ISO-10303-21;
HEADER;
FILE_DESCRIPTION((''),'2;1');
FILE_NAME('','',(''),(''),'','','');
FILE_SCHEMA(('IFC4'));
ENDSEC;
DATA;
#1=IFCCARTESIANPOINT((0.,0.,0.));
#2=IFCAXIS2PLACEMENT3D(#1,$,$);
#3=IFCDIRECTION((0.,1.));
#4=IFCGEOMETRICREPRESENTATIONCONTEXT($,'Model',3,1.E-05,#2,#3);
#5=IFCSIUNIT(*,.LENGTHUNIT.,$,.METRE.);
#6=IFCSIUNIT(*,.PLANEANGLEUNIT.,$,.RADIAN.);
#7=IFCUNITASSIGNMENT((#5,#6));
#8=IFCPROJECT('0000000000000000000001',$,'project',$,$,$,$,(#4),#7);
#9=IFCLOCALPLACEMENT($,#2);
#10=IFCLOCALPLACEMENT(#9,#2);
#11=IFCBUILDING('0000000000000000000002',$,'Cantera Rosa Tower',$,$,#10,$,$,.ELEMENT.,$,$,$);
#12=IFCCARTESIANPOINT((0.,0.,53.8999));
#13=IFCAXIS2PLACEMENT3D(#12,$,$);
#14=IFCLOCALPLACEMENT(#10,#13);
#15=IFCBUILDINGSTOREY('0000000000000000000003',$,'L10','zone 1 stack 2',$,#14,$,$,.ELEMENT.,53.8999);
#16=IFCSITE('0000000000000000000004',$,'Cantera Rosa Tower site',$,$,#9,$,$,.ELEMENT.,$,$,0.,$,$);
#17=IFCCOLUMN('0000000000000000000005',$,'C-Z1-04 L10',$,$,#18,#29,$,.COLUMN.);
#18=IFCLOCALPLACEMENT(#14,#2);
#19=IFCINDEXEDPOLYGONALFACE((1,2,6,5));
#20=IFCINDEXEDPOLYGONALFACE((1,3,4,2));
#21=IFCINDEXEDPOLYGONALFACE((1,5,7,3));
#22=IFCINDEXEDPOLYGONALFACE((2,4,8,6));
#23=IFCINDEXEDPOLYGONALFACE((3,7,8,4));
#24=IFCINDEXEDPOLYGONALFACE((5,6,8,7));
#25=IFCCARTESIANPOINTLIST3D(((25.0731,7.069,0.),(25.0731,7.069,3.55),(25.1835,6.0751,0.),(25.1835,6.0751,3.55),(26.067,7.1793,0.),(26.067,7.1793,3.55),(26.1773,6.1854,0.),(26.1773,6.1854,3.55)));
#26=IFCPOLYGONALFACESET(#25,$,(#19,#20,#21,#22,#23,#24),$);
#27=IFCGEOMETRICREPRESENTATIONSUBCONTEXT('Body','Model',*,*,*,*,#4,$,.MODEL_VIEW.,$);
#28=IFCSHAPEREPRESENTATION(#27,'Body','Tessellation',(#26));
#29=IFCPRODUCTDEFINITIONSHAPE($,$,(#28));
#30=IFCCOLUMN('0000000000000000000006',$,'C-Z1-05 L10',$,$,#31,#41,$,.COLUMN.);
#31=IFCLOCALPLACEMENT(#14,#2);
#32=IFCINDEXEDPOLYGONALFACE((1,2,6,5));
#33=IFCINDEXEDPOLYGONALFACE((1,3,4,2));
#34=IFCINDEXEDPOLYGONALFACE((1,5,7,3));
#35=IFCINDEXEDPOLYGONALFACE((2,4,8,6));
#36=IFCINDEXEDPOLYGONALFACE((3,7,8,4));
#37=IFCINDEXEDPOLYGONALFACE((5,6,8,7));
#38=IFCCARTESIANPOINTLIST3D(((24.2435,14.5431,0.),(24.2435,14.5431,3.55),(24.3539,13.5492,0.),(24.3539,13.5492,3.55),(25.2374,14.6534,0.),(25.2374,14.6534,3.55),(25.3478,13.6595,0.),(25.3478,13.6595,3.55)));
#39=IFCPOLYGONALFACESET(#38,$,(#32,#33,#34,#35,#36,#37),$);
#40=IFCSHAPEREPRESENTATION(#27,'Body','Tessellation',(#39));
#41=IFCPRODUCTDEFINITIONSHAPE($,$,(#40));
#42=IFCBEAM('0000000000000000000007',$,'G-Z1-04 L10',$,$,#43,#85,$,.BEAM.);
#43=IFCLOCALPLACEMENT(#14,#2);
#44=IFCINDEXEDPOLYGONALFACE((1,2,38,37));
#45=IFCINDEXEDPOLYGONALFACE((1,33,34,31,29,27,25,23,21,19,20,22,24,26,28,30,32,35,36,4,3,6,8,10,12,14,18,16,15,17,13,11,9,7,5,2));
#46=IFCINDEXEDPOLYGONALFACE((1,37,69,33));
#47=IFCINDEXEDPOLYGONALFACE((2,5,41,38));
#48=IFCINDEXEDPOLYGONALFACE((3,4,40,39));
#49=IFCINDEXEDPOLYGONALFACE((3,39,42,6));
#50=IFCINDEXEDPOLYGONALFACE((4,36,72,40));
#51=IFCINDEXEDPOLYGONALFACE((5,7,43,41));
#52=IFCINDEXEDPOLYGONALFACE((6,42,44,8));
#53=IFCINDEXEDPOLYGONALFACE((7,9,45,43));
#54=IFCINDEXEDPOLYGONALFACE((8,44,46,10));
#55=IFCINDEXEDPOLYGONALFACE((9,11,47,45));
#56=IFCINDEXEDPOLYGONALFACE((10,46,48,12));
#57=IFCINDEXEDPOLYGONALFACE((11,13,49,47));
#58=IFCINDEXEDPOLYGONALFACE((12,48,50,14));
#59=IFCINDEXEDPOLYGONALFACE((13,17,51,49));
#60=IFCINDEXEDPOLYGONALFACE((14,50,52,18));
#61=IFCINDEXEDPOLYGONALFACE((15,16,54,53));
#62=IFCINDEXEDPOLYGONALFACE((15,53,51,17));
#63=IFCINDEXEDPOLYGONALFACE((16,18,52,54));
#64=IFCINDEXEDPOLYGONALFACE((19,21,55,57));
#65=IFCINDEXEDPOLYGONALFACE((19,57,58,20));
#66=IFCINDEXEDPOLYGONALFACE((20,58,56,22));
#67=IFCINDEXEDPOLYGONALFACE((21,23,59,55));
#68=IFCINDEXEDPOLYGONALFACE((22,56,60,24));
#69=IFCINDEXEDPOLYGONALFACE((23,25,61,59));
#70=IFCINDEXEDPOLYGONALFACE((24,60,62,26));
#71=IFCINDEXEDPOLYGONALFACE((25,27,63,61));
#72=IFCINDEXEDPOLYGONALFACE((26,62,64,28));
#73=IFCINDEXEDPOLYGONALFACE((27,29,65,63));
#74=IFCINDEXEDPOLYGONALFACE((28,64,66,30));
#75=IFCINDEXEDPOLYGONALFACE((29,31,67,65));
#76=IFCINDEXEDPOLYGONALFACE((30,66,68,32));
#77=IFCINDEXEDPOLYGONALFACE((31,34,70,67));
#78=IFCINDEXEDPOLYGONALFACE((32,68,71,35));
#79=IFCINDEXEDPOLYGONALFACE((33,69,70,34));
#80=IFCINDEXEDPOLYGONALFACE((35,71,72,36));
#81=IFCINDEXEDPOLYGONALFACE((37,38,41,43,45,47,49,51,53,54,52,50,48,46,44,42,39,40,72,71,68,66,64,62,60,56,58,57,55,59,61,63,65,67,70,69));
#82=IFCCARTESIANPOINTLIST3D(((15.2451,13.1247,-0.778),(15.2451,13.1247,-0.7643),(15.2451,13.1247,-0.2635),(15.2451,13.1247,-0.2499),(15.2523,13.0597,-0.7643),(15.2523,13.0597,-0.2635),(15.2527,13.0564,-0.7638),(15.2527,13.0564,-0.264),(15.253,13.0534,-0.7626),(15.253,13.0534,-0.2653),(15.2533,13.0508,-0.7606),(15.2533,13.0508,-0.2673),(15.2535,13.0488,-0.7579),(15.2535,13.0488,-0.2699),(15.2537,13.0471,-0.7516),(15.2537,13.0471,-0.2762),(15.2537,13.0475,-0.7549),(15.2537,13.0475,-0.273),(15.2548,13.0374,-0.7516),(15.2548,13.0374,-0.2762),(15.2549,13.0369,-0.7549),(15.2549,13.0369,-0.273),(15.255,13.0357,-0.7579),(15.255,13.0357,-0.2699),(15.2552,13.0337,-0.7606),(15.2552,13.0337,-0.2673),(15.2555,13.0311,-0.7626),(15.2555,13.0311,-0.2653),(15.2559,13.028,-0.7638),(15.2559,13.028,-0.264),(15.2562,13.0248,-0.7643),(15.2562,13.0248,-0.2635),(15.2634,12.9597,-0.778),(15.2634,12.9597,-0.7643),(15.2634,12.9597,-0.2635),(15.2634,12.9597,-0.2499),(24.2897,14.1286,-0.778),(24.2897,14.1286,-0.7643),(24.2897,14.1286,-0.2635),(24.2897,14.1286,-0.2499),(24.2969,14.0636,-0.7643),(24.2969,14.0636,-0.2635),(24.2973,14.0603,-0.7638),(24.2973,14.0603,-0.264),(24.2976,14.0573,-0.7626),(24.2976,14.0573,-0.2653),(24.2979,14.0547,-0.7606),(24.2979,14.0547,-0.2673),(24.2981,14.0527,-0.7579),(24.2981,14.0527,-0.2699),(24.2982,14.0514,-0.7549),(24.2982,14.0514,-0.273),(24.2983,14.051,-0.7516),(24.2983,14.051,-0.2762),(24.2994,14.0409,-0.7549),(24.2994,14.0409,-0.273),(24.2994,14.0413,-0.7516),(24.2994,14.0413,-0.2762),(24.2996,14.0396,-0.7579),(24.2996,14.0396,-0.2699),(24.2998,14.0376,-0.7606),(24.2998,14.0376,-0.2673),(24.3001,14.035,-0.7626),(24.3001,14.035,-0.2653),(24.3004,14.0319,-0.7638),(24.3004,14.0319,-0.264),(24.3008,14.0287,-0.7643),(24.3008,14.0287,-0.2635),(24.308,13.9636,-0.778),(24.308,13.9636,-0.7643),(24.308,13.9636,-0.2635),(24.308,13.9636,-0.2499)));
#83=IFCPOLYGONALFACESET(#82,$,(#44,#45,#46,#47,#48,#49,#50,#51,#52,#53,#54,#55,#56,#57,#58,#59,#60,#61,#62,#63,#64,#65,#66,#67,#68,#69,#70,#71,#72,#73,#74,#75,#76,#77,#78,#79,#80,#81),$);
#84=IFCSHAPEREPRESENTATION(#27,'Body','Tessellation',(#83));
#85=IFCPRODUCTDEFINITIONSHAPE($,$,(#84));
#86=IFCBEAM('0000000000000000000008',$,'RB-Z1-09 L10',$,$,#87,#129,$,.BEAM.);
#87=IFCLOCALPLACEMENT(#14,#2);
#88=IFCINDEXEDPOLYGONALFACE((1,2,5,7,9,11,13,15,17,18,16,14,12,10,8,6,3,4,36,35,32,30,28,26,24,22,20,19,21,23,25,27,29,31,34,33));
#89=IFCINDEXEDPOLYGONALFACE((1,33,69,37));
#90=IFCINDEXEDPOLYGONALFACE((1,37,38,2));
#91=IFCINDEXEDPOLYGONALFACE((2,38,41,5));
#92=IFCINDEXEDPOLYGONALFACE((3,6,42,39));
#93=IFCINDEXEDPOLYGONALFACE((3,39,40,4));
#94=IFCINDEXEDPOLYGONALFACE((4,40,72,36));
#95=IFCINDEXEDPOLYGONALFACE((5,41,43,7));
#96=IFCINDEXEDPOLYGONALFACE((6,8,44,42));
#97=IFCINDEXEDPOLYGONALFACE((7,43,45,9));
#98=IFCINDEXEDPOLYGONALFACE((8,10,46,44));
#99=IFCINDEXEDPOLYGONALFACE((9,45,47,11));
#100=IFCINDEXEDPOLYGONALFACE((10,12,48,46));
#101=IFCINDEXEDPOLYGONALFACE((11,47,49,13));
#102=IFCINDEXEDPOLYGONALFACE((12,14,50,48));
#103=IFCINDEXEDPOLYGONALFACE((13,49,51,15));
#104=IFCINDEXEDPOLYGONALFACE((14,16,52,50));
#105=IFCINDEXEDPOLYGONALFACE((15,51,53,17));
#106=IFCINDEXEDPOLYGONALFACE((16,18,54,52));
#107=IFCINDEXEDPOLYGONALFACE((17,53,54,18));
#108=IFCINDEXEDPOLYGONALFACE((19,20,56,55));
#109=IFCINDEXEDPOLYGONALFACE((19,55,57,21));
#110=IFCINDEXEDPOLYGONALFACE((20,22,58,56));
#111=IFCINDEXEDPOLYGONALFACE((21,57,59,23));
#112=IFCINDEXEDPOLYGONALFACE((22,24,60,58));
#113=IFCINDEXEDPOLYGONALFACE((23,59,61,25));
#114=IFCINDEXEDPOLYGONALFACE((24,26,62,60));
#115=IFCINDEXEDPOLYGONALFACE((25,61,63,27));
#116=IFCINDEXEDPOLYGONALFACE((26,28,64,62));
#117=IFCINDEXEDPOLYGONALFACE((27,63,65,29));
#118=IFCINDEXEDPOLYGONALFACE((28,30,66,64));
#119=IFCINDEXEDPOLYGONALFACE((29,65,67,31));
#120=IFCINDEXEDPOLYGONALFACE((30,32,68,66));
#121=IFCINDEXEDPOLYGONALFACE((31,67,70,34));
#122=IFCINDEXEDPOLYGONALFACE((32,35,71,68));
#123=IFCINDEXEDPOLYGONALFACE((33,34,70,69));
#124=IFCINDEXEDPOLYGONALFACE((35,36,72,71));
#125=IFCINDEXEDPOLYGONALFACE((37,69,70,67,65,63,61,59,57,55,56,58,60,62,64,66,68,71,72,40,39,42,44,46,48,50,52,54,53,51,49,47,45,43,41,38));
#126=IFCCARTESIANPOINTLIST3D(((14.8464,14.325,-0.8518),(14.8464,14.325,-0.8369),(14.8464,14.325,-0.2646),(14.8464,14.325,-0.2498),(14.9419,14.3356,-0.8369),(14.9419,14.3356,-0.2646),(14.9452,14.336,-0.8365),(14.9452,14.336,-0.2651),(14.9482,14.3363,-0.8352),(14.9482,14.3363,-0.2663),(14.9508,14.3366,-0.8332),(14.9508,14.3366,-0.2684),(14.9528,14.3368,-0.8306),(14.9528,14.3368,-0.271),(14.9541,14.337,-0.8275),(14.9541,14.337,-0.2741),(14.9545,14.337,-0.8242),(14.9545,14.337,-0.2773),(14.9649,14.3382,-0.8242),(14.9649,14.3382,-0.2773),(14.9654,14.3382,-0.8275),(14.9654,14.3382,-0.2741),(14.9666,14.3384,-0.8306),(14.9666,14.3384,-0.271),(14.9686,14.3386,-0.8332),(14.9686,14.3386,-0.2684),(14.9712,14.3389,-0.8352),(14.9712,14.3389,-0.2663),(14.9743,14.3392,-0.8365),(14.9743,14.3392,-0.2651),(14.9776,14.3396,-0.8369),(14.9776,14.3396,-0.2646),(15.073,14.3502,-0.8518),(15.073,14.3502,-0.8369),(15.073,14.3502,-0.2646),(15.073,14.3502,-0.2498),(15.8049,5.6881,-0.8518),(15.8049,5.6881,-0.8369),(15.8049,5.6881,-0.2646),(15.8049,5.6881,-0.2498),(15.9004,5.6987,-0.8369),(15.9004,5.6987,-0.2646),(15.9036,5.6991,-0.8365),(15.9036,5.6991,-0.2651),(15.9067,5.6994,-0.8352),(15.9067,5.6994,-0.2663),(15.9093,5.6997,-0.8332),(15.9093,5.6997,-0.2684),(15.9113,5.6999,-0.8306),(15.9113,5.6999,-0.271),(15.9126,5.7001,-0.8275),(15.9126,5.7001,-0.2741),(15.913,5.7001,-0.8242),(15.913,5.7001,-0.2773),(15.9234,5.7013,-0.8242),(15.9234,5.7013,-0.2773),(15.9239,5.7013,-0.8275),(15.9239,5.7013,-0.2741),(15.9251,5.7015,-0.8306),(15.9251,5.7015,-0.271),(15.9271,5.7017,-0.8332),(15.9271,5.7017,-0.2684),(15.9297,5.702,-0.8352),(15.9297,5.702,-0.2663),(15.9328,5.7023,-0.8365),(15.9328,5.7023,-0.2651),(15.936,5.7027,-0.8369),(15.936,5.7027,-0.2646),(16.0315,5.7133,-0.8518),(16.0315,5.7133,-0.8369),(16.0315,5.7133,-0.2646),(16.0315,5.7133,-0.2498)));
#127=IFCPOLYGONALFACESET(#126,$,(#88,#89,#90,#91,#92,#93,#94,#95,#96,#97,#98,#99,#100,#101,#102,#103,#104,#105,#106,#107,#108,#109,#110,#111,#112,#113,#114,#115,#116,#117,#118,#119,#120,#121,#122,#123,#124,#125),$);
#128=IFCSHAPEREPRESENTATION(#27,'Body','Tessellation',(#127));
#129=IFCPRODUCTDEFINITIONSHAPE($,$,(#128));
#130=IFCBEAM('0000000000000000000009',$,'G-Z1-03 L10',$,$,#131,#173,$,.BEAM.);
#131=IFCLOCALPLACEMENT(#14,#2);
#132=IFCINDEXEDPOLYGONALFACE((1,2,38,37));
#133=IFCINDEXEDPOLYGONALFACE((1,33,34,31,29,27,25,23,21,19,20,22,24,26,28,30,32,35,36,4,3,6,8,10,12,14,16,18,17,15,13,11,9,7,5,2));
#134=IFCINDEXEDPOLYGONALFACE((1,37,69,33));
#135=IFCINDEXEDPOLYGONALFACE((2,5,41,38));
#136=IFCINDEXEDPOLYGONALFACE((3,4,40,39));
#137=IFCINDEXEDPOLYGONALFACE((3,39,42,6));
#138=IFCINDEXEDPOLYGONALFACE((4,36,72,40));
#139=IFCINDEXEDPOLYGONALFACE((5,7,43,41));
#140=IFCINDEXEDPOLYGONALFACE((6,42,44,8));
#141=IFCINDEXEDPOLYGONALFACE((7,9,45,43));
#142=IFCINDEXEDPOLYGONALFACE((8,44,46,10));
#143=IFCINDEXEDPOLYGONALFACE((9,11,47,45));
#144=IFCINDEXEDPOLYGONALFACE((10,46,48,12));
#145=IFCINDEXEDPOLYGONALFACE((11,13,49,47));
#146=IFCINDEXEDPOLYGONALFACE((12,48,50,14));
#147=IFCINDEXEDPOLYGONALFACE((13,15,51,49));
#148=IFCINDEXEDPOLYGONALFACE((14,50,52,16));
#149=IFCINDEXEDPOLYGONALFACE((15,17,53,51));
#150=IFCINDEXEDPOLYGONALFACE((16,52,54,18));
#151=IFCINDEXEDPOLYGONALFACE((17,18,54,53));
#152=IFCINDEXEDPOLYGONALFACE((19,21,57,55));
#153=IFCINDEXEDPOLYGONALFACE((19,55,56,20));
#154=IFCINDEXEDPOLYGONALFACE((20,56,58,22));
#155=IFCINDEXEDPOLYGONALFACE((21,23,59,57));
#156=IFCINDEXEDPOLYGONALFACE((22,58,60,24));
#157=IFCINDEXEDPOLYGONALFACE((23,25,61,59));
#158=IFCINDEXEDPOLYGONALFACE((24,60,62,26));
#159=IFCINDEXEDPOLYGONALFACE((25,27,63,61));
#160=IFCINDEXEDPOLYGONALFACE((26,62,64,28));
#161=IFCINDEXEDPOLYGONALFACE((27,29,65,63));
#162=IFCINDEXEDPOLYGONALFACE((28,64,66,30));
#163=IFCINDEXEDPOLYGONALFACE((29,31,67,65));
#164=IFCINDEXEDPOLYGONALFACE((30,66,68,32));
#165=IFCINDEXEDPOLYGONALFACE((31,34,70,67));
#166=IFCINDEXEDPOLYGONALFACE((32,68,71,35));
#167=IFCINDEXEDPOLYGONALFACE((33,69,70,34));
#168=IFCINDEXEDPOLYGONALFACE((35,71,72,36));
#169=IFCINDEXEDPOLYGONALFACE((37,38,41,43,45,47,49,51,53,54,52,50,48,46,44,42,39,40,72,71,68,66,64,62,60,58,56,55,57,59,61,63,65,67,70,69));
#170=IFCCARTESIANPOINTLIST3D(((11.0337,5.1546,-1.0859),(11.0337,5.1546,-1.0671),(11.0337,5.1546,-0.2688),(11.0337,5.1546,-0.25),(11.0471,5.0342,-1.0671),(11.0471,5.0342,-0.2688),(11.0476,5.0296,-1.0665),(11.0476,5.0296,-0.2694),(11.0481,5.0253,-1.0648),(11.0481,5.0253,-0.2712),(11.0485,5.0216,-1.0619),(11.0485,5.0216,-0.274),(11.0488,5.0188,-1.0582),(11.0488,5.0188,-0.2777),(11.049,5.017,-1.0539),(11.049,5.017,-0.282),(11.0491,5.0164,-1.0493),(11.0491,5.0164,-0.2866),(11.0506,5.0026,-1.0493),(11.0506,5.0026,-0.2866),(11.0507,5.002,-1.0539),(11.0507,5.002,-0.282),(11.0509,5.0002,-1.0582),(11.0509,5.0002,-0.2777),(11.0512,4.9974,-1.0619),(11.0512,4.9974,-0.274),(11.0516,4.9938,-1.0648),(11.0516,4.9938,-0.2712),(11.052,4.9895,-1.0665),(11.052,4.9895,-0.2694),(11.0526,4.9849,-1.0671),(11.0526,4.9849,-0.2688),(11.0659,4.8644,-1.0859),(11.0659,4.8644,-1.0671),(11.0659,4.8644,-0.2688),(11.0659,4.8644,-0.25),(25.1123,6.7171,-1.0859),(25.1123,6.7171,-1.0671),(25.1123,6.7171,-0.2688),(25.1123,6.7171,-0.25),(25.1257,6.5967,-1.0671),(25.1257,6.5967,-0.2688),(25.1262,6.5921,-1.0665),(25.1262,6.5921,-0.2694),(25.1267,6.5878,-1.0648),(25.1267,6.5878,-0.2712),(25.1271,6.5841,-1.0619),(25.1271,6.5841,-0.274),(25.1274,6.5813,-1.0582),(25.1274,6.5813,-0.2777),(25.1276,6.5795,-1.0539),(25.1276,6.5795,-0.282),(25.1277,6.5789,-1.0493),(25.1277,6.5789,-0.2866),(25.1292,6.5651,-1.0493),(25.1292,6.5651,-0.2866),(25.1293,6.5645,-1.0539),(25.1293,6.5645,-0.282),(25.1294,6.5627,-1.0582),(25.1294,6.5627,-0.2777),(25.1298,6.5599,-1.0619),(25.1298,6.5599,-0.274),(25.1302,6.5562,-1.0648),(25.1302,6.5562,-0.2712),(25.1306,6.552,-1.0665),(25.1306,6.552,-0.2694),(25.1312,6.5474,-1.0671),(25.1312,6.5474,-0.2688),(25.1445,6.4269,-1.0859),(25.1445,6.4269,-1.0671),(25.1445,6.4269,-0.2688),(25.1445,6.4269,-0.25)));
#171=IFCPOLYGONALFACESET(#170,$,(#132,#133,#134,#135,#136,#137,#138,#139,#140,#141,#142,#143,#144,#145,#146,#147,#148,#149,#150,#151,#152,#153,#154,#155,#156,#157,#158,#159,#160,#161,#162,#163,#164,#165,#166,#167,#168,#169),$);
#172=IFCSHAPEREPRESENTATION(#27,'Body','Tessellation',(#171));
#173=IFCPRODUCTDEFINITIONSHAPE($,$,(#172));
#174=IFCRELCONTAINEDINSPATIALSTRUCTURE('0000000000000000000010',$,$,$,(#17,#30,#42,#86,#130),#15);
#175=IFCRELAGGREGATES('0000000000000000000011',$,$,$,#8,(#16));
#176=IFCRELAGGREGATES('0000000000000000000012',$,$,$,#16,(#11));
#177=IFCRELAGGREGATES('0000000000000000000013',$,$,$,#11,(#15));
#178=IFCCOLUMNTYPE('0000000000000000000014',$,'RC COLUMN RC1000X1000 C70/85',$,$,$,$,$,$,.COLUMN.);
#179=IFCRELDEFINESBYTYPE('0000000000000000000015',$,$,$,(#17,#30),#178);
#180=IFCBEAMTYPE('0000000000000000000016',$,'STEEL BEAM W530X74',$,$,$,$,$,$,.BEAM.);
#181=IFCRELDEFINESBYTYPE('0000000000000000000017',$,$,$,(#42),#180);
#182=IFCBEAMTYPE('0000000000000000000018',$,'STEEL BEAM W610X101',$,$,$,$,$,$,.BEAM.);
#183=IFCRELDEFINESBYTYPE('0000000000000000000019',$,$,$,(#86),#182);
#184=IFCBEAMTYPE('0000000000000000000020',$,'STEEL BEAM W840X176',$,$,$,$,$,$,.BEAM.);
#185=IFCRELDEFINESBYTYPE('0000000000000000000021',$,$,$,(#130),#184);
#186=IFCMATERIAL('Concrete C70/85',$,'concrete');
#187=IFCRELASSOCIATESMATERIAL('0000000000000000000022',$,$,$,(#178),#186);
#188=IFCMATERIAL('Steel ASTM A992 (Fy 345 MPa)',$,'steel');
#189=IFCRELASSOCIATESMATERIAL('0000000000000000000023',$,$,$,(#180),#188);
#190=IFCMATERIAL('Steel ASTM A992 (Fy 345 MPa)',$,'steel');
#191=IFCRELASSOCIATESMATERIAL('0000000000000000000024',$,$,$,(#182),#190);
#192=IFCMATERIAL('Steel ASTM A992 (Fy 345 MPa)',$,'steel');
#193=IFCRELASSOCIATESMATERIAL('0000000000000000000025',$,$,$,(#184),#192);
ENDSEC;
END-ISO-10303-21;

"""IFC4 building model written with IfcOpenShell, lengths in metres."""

from ifc_helpers import new_model, si_unit, direction, frame, origin, origin_2d, place, context, subcontext, project, spatial, rectangle, i_section, extrude, material, material_profile, profile_set, type_object, element, save


model = new_model("IFC4")

# Units and contexts
model_context = context("Model", 3, precision=1e-05, world=origin(), true_north=direction((0.0, 1.0)))
body_context = subcontext(model_context, "Body", "Model", "MODEL_VIEW")
ifc_project = project(units=[si_unit("LENGTHUNIT", "METRE"), si_unit("PLANEANGLEUNIT", "RADIAN")], contexts=[model_context])

# Site, building, storey
site_placement = place(None, origin())
site = spatial("IfcSite", under=ifc_project, at=site_placement, Name="Cantera Rosa Tower site", CompositionType="ELEMENT", RefElevation=0.0)
building_placement = place(site_placement, origin())
building = spatial("IfcBuilding", under=site, at=building_placement, Name="Cantera Rosa Tower", CompositionType="ELEMENT")
storey_placement = place(building_placement, frame((0.0, 0.0, 53.8999)))
storey = spatial("IfcBuildingStorey", under=building, at=storey_placement, Name="L10", Description="zone 1 stack 2", CompositionType="ELEMENT", Elevation=53.8999)

# Columns
ifc_material_1 = material(Name="Concrete C70/85", Category="concrete")
ifc_material_profile_1 = material_profile(ifc_material_1, rectangle(XDim=1.0, YDim=1.0, at=origin_2d()), Name="RC COLUMN RC1000X1000 C70/85")
ifc_profile_set_1 = profile_set([ifc_material_profile_1], Name="Concrete C70/85")
column_type = type_object("IfcColumnType", Name="RC COLUMN RC1000X1000 C70/85", PredefinedType="COLUMN", material=ifc_profile_set_1)
for number, where, z_axis, x_axis, name in (
    (1, (25.6252, 6.6272, 0.0), (0.0, 0.0, 1.0), (0.993897, 0.110313, 0.0), "C-Z1-04 L10"),
    (2, (24.7957, 14.1013, 0.0), (0.0, 0.0, 1.0), (0.993897, 0.110313, 0.0), "C-Z1-05 L10"),
):
    element("IfcColumn", number, at=place(storey_placement, frame(where, z_axis=z_axis, x_axis=x_axis)), inside=storey, type_object=column_type, Name=name, PredefinedType="COLUMN", context=body_context, shape_type="SweptSolid", body=[
        extrude(rectangle(XDim=1.0, YDim=1.0, at=origin_2d()), origin(), (0.0, 0.0, 1.0), 3.55),
    ])

# Beams
ifc_material_2 = material(Name="Steel ASTM A992 (Fy 345 MPa)", Category="steel")
ifc_material_profile_2 = material_profile(ifc_material_2, i_section(OverallWidth=0.166, OverallDepth=0.5281, WebThickness=0.0098, FlangeThickness=0.0137, FilletRadius=0.0127, at=origin_2d()), Name="W530X74")
ifc_profile_set_2 = profile_set([ifc_material_profile_2], Name="Steel ASTM A992 (Fy 345 MPa)")
beam_type_1 = type_object("IfcBeamType", Name="STEEL BEAM W530X74", PredefinedType="BEAM", material=ifc_profile_set_2)
beam_1_placement = place(storey_placement, frame((24.2988, 14.0461, -0.5139), z_axis=(-0.993896, -0.11032, 0.0), x_axis=(0.11032, -0.993896, 0.0)))
element("IfcBeam", 3, at=beam_1_placement, inside=storey, type_object=beam_type_1, Name="G-Z1-04 L10", PredefinedType="BEAM", context=body_context, shape_type="SweptSolid", body=[
    extrude(i_section(OverallWidth=0.166, OverallDepth=0.5281, WebThickness=0.0098, FlangeThickness=0.0137, FilletRadius=0.0127, at=origin_2d()), origin(), (0.0, 0.0, 1.0), 9.1001),
])
ifc_material_3 = material(Name="Steel ASTM A992 (Fy 345 MPa)", Category="steel")
ifc_material_profile_3 = material_profile(ifc_material_3, i_section(OverallWidth=0.228, OverallDepth=0.6021, WebThickness=0.0105, FlangeThickness=0.0149, FilletRadius=0.0127, at=origin_2d()), Name="W610X101")
ifc_profile_set_3 = profile_set([ifc_material_profile_3], Name="Steel ASTM A992 (Fy 345 MPa)")
beam_type_2 = type_object("IfcBeamType", Name="STEEL BEAM W610X101", PredefinedType="BEAM", material=ifc_profile_set_3)
beam_2_placement = place(storey_placement, frame((15.9182, 5.7007, -0.5508), z_axis=(-0.110299, 0.993898, 0.0), x_axis=(-0.993898, -0.110299, 0.0)))
element("IfcBeam", 4, at=beam_2_placement, inside=storey, type_object=beam_type_2, Name="RB-Z1-09 L10", PredefinedType="BEAM", context=body_context, shape_type="SweptSolid", body=[
    extrude(i_section(OverallWidth=0.228, OverallDepth=0.6021, WebThickness=0.0105, FlangeThickness=0.0149, FilletRadius=0.0127, at=origin_2d()), origin(), (0.0, 0.0, 1.0), 8.6899),
])
ifc_material_4 = material(Name="Steel ASTM A992 (Fy 345 MPa)", Category="steel")
ifc_material_profile_4 = material_profile(ifc_material_4, i_section(OverallWidth=0.292, OverallDepth=0.8359, WebThickness=0.0139, FlangeThickness=0.0188, FilletRadius=0.0178, at=origin_2d()), Name="W840X176")
ifc_profile_set_4 = profile_set([ifc_material_profile_4], Name="Steel ASTM A992 (Fy 345 MPa)")
beam_type_3 = type_object("IfcBeamType", Name="STEEL BEAM W840X176", PredefinedType="BEAM", material=ifc_profile_set_4)
beam_3_placement = place(storey_placement, frame((25.1284, 6.572, -0.668), z_axis=(-0.993898, -0.110307, 0.0), x_axis=(0.110307, -0.993898, 0.0)))
element("IfcBeam", 5, at=beam_3_placement, inside=storey, type_object=beam_type_3, Name="G-Z1-03 L10", PredefinedType="BEAM", context=body_context, shape_type="SweptSolid", body=[
    extrude(i_section(OverallWidth=0.292, OverallDepth=0.8359, WebThickness=0.0139, FlangeThickness=0.0188, FilletRadius=0.0178, at=origin_2d()), origin(), (0.0, 0.0, 1.0), 14.165),
])

save(model, "model.ifc")
